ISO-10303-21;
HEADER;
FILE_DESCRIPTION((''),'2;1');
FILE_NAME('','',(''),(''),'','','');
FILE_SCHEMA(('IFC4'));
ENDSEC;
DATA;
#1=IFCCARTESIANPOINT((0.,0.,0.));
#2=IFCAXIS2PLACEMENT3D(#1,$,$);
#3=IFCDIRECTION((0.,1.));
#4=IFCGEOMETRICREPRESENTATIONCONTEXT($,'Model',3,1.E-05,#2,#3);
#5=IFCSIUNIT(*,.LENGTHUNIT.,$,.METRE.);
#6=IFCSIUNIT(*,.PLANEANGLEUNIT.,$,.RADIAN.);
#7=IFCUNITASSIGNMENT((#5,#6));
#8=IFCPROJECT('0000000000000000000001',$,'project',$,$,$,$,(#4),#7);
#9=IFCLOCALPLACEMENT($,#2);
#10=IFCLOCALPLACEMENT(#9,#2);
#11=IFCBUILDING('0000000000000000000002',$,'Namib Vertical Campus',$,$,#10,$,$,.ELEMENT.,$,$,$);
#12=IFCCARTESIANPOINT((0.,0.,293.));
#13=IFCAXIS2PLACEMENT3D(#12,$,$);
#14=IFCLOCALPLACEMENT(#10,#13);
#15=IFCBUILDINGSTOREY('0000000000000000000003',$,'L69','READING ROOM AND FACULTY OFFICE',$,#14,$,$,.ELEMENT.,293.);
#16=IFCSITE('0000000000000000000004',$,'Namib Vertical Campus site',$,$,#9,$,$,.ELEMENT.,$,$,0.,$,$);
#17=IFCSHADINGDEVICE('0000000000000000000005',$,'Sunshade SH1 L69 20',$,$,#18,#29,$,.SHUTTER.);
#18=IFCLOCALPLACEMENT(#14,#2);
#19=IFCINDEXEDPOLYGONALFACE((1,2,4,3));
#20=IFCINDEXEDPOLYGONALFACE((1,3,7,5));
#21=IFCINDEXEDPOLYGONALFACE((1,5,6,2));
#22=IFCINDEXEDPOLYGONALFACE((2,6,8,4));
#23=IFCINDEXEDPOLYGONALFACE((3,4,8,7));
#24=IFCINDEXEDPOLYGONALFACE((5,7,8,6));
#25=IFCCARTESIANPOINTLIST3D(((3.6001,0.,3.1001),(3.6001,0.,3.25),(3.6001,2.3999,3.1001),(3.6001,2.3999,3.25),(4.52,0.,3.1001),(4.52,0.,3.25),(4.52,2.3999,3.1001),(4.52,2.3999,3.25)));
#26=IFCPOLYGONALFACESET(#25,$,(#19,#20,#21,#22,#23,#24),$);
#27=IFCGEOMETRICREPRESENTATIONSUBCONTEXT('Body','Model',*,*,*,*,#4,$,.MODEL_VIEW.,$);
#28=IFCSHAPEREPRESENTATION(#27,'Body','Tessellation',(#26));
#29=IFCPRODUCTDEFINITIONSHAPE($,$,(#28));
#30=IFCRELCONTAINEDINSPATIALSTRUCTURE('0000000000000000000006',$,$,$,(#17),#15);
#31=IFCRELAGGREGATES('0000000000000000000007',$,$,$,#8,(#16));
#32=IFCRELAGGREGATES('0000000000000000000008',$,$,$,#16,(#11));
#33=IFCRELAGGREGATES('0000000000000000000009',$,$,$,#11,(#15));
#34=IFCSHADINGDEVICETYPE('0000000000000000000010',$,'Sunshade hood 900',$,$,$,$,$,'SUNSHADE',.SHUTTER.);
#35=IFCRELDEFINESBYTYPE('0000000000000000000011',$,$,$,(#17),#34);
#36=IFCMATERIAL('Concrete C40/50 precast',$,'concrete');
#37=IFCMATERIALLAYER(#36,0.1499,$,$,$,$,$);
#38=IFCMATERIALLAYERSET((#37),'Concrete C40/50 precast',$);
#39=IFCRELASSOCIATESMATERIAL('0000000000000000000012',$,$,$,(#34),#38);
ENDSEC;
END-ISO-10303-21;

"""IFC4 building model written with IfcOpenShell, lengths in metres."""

from ifc_helpers import new_model, si_unit, direction, frame, origin, origin_2d, place, context, subcontext, project, spatial, rectangle, extrude, material, layer, layer_set, type_object, element, save


model = new_model("IFC4")

# Units and contexts
model_context = context("Model", 3, precision=1e-05, world=origin(), true_north=direction((0.0, 1.0)))
body_context = subcontext(model_context, "Body", "Model", "MODEL_VIEW")
ifc_project = project(units=[si_unit("LENGTHUNIT", "METRE"), si_unit("PLANEANGLEUNIT", "RADIAN")], contexts=[model_context])

# Site, building, storey
site_placement = place(None, origin())
site = spatial("IfcSite", under=ifc_project, at=site_placement, Name="Namib Vertical Campus site", CompositionType="ELEMENT", RefElevation=0.0)
building_placement = place(site_placement, origin())
building = spatial("IfcBuilding", under=site, at=building_placement, Name="Namib Vertical Campus", CompositionType="ELEMENT")
storey_placement = place(building_placement, frame((0.0, 0.0, 293.0)))
storey = spatial("IfcBuildingStorey", under=building, at=storey_placement, Name="L69", Description="READING ROOM AND FACULTY OFFICE", CompositionType="ELEMENT", Elevation=293.0)

# Shading device
ifc_material_1 = material(Name="Concrete C40/50 precast", Category="concrete")
ifc_layer_1 = layer(ifc_material_1, 0.1499)
ifc_layer_set_1 = layer_set([ifc_layer_1], Name="Concrete C40/50 precast")
shading_device_type = type_object("IfcShadingDeviceType", Name="Sunshade hood 900", ElementType="SUNSHADE", PredefinedType="SHUTTER", material=ifc_layer_set_1)
for number, where, z_axis, x_axis, name in (
    (1, (4.0601, 1.2, 3.1001), (0.0, 0.0, 1.0), (0.0, -1.0, 0.0), "Sunshade SH1 L69 20"),
):
    element("IfcShadingDevice", number, at=place(storey_placement, frame(where, z_axis=z_axis, x_axis=x_axis)), inside=storey, type_object=shading_device_type, Name=name, PredefinedType="SHUTTER", context=body_context, shape_type="SweptSolid", body=[
        extrude(rectangle(XDim=2.3999, YDim=0.9199, at=origin_2d()), origin(), (0.0, 0.0, 1.0), 0.1499),
    ])

save(model, "model.ifc")
